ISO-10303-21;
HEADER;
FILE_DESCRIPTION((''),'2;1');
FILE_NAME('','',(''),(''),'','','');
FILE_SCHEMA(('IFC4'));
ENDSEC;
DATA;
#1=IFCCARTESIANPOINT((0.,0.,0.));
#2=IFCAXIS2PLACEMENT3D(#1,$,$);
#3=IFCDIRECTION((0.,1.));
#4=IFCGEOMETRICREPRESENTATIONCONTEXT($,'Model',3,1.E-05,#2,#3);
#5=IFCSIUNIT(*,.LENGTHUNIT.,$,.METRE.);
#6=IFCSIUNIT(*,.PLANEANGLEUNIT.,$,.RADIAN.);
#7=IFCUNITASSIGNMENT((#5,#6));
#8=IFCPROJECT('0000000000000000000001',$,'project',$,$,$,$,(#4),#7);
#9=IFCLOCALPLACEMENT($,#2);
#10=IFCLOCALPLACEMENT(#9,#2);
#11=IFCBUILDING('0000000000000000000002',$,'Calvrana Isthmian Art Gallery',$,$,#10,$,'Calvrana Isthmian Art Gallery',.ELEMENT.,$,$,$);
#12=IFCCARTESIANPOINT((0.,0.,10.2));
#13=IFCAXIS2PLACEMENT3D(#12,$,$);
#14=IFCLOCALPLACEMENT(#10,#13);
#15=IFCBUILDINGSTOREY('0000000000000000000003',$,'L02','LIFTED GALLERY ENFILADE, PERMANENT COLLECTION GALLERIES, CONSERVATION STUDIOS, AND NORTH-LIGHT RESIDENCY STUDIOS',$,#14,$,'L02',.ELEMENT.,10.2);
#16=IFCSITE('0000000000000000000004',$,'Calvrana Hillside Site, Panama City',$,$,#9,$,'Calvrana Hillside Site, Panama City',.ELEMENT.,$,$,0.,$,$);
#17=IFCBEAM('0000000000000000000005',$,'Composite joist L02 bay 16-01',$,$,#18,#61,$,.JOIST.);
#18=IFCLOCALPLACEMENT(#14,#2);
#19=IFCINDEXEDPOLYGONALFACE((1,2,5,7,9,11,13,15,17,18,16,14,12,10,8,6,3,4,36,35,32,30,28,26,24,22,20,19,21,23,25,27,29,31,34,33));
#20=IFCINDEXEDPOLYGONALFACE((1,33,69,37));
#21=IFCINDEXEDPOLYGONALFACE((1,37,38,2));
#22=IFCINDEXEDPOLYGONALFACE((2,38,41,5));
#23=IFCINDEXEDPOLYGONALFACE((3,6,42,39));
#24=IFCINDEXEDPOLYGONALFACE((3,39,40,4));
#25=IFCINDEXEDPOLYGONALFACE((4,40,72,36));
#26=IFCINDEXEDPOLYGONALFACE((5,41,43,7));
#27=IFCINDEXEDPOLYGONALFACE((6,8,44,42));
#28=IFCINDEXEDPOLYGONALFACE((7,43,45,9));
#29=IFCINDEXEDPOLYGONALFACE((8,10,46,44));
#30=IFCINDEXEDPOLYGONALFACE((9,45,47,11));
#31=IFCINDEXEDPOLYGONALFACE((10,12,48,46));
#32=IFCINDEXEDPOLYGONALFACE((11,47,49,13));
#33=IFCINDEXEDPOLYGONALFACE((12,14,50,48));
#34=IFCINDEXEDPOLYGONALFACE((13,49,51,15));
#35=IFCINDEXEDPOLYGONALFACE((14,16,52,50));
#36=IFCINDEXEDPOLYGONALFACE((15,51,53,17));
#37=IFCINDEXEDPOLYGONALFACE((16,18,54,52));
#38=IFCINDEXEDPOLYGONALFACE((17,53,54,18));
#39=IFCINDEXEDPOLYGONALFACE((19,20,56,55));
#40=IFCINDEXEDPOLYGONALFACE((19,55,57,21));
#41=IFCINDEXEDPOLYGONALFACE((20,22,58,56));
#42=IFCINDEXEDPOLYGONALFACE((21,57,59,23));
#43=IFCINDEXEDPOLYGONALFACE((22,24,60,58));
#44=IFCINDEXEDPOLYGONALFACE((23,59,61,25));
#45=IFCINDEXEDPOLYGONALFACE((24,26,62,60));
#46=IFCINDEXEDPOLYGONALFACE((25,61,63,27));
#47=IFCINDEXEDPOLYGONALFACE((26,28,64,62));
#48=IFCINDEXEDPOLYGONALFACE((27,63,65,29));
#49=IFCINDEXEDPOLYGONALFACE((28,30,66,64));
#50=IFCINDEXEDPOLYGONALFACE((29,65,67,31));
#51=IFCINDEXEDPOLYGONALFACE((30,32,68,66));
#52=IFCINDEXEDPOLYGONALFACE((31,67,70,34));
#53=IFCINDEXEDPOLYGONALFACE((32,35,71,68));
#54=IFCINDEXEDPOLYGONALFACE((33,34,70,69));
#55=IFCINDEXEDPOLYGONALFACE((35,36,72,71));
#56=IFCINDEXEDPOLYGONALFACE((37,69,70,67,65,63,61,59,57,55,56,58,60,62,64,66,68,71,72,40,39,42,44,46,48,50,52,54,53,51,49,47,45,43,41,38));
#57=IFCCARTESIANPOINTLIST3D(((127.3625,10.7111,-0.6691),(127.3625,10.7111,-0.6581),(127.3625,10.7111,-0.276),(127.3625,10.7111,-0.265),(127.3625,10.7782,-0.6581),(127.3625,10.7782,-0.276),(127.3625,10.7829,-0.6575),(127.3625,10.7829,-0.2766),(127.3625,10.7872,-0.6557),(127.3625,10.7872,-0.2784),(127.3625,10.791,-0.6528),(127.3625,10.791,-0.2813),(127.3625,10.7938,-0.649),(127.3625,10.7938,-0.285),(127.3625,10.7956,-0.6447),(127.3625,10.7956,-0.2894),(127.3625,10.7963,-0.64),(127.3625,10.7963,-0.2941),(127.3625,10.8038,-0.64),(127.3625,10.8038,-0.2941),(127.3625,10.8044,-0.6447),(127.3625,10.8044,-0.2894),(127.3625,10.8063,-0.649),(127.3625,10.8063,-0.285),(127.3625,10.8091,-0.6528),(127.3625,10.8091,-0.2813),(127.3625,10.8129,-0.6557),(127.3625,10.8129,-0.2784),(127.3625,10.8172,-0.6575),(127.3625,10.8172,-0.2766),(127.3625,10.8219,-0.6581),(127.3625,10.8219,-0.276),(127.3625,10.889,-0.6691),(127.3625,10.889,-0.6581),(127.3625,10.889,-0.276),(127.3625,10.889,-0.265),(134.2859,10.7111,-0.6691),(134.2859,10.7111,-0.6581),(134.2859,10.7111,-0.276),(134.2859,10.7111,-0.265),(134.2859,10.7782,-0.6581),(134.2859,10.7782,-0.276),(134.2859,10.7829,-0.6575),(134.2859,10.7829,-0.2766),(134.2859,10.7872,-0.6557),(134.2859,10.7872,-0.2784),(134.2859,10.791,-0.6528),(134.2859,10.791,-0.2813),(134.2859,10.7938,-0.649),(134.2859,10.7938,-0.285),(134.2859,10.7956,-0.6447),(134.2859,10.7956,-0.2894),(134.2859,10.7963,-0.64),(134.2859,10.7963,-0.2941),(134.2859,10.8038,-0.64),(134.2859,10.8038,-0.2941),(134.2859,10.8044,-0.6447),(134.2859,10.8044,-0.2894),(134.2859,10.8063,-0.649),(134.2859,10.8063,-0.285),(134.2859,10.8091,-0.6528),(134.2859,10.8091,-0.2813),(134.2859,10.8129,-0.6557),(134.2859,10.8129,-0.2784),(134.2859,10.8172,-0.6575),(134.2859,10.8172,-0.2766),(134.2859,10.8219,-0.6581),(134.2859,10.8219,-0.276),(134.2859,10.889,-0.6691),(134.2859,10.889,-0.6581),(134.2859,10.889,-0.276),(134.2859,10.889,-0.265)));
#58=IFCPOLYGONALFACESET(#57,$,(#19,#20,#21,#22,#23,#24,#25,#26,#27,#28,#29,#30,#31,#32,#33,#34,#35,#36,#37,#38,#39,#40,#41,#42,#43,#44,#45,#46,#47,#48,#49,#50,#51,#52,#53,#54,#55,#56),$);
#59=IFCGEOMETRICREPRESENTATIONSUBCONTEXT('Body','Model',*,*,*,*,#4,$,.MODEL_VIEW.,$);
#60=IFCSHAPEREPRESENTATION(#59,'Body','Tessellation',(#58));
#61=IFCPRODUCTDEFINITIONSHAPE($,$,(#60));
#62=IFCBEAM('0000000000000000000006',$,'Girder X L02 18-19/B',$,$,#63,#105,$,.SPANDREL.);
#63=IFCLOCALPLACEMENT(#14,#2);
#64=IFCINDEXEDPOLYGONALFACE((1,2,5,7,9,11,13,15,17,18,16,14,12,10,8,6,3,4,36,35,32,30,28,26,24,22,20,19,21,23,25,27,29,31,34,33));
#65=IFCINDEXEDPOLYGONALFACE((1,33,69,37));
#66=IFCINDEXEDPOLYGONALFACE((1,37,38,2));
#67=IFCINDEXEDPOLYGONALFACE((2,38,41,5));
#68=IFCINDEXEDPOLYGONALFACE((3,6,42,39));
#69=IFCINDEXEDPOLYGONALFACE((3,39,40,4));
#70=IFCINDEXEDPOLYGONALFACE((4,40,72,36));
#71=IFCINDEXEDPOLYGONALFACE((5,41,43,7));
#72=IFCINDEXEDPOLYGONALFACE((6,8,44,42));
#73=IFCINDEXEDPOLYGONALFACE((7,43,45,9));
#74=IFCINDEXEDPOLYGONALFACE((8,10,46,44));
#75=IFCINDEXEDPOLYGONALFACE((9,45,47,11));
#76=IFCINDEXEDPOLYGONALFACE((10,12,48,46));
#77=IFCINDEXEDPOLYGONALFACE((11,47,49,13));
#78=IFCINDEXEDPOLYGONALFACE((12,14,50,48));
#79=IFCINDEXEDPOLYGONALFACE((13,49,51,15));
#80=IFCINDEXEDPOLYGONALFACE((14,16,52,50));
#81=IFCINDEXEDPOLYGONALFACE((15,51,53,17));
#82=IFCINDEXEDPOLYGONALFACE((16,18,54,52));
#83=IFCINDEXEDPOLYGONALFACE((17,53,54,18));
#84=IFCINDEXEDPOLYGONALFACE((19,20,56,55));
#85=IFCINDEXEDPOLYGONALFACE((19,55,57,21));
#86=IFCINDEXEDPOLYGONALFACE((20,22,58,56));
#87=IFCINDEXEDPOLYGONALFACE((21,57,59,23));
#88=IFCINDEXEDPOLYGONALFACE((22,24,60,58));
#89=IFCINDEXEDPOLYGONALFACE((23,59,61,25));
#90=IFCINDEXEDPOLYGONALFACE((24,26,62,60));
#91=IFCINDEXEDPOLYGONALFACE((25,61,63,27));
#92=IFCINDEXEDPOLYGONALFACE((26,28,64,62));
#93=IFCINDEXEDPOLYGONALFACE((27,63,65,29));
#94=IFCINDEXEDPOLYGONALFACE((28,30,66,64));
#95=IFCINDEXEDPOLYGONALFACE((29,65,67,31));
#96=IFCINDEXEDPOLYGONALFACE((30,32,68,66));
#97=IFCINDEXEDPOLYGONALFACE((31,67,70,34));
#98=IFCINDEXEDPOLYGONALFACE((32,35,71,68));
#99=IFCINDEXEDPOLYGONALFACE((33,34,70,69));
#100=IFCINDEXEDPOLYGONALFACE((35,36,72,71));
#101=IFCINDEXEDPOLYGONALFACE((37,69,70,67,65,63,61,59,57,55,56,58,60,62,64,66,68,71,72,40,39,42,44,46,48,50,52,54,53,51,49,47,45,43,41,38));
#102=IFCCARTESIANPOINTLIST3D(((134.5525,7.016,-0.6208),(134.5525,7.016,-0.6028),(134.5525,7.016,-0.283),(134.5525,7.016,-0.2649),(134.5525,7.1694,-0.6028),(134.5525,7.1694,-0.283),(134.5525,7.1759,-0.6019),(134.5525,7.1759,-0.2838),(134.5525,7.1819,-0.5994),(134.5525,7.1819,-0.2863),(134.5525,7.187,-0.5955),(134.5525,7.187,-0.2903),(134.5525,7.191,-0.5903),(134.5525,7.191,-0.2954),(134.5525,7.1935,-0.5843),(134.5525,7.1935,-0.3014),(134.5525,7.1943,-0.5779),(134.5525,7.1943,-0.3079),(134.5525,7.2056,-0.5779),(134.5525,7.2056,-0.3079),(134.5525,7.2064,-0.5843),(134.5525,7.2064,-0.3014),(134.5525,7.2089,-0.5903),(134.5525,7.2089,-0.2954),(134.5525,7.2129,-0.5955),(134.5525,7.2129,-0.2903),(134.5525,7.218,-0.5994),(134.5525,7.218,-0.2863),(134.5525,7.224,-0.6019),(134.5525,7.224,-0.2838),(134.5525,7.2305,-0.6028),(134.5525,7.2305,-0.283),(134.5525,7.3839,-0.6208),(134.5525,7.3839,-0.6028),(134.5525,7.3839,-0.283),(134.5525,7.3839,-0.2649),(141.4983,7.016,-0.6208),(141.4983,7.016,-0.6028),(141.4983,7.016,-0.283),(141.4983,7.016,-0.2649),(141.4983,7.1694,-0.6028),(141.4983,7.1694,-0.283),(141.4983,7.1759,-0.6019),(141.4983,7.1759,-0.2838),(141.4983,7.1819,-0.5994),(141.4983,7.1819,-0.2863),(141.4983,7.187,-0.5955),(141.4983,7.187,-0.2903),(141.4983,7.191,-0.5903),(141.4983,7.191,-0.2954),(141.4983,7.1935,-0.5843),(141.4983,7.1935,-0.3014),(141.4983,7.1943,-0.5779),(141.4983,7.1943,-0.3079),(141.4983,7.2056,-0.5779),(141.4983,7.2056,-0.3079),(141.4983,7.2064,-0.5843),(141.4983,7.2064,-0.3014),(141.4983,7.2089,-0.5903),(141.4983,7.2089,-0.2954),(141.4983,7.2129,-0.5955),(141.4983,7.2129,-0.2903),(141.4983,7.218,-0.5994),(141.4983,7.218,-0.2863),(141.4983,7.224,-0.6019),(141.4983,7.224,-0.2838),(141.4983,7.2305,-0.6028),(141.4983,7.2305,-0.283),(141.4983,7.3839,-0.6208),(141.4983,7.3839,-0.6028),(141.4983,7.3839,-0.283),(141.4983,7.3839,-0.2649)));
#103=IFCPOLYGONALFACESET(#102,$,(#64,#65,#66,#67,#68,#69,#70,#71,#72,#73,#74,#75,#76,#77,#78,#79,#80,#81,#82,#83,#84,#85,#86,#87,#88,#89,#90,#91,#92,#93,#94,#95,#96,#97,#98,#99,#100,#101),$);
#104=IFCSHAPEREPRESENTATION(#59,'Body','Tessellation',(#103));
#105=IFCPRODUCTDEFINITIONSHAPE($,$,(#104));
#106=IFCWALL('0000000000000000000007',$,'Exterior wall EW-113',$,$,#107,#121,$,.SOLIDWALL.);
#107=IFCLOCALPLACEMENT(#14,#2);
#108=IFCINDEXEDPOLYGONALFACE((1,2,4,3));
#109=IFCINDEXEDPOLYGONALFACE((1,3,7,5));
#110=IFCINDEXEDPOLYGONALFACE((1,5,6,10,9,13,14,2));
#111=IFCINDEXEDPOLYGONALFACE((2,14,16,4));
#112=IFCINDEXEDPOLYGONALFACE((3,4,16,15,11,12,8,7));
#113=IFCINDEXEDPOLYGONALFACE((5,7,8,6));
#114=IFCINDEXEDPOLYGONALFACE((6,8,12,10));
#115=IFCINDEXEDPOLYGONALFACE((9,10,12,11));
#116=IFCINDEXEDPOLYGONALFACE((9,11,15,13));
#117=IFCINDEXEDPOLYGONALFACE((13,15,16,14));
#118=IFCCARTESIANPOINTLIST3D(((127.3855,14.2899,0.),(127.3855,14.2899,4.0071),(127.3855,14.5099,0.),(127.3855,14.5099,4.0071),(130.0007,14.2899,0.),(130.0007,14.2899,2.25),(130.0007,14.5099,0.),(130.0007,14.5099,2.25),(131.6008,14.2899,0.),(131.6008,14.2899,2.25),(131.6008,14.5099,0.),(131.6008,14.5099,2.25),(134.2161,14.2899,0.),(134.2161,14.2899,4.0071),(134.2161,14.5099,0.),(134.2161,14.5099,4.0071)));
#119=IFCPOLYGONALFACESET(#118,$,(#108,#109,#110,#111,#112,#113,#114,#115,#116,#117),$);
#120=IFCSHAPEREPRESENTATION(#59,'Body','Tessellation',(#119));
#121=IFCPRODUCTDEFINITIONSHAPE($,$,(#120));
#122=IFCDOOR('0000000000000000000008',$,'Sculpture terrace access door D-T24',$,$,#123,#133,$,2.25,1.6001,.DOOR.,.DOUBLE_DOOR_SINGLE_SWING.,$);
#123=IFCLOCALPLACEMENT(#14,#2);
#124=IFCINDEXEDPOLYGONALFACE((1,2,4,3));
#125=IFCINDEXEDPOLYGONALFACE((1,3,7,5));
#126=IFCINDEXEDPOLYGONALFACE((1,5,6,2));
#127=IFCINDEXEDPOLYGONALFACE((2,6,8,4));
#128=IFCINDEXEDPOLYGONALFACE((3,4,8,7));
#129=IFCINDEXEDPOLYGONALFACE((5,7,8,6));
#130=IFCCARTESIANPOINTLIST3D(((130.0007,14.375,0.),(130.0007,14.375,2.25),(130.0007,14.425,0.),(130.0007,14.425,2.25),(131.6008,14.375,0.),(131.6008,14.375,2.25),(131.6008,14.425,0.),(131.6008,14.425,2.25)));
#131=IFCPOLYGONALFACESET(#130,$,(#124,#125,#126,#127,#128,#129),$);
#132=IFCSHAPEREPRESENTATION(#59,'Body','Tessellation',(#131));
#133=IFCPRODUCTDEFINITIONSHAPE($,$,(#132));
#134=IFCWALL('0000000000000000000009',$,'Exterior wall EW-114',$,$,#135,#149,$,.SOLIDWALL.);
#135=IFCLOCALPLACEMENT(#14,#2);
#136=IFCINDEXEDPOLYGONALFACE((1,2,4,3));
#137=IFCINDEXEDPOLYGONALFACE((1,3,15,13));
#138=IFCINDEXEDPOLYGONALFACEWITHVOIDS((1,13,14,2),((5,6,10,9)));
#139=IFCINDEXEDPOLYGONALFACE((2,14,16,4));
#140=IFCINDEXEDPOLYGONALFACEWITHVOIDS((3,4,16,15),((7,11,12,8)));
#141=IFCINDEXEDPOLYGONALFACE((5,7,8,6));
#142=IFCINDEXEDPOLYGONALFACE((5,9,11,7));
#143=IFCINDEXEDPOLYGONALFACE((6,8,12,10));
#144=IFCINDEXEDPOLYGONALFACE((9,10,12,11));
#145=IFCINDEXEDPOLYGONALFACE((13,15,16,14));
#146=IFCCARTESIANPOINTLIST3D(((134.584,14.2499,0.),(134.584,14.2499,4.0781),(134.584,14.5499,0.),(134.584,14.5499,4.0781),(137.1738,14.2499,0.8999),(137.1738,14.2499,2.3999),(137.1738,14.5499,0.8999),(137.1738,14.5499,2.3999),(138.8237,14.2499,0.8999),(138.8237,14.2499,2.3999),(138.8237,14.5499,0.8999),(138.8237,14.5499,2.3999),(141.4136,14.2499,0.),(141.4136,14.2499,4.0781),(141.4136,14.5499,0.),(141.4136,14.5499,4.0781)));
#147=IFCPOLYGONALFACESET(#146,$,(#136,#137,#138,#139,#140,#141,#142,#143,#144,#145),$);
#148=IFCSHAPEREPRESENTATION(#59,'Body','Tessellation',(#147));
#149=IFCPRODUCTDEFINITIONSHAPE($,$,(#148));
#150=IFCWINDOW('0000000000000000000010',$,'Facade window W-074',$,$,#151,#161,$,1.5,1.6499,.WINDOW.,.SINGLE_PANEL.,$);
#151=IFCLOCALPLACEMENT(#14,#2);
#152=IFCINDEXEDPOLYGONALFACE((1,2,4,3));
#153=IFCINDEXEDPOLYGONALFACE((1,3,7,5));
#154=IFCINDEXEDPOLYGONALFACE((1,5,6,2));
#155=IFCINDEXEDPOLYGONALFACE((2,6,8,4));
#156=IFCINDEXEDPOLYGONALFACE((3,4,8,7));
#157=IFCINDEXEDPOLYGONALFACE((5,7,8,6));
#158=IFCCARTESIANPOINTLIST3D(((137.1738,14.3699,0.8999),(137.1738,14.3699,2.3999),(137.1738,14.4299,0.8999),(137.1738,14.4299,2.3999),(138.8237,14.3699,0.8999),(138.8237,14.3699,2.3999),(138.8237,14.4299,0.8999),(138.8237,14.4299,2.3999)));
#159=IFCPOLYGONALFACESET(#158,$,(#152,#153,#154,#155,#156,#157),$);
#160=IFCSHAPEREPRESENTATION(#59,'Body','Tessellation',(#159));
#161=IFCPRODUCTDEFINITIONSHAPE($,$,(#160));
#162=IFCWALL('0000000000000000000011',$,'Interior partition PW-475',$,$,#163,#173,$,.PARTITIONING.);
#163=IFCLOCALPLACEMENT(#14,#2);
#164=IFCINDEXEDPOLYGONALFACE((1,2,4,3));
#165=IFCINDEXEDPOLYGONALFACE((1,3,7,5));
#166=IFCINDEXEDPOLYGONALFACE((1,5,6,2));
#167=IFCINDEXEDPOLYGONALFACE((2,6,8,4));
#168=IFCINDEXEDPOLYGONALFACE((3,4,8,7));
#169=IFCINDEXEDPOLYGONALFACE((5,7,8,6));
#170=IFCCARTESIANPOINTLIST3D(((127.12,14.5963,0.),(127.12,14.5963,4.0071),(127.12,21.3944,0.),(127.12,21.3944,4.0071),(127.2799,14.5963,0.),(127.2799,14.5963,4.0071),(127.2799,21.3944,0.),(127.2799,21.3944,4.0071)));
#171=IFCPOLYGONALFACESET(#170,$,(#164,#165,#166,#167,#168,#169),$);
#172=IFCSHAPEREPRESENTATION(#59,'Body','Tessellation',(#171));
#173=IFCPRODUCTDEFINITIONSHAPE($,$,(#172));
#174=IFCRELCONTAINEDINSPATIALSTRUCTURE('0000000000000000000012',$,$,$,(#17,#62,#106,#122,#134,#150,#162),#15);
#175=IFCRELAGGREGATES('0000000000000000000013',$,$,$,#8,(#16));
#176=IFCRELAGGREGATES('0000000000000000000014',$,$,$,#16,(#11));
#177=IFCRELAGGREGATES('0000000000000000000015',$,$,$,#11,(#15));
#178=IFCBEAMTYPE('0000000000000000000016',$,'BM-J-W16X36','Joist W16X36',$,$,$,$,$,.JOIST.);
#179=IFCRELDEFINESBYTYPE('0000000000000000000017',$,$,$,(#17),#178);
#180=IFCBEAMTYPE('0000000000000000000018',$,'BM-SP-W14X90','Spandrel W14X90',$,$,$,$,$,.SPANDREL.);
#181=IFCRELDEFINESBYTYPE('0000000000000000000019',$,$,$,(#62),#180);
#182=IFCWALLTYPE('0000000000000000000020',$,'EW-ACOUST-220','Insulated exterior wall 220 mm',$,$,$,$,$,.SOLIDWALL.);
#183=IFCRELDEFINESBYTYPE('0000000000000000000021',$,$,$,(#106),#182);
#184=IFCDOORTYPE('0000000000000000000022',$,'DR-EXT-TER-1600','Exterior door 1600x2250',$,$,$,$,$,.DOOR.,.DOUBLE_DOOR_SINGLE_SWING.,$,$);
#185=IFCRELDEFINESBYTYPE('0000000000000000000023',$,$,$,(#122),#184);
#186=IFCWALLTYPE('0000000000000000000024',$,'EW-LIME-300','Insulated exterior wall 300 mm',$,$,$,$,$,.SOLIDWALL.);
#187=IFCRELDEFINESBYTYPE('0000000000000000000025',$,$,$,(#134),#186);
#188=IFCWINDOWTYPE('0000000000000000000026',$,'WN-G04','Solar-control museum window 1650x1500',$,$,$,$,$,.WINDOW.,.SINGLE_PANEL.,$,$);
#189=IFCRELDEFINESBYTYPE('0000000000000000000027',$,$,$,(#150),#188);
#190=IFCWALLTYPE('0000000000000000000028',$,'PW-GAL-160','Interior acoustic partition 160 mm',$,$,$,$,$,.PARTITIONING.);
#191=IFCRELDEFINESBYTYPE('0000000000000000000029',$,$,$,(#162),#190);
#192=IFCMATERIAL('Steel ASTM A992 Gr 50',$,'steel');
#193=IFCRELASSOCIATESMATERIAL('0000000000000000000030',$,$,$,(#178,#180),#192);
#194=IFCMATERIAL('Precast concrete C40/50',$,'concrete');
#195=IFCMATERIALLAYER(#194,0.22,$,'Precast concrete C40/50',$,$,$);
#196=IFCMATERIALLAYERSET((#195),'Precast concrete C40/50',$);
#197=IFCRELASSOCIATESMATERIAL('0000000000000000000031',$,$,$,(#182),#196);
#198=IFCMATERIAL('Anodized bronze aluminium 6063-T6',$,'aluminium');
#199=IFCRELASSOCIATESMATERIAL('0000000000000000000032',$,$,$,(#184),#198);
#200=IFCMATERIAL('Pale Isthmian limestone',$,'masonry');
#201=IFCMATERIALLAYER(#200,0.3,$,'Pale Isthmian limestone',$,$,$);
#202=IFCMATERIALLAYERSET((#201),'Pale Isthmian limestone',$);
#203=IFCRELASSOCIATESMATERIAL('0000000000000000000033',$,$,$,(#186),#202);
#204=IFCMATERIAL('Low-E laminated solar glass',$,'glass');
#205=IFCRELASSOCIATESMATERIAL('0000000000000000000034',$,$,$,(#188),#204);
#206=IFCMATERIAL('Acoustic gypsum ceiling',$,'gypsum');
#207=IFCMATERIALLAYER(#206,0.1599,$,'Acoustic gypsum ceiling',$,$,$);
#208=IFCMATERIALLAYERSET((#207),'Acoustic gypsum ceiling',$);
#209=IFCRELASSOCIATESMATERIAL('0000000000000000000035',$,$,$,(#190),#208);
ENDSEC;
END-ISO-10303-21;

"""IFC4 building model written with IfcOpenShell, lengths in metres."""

from ifc_helpers import new_model, si_unit, direction, frame, frame_2d, origin, origin_2d, place, context, subcontext, project, spatial, rectangle, i_section, extrude, material, layer, layer_set, material_profile, profile_set, type_object, element, fill, save


model = new_model("IFC4")

# Units and contexts
model_context = context("Model", 3, precision=1e-05, world=origin(), true_north=direction((0.0, 1.0)))
body_context = subcontext(model_context, "Body", "Model", "MODEL_VIEW")
ifc_project = project(units=[si_unit("LENGTHUNIT", "METRE"), si_unit("PLANEANGLEUNIT", "RADIAN")], contexts=[model_context])

# Site, building, storey
site_placement = place(None, origin())
site = spatial("IfcSite", under=ifc_project, at=site_placement, Name="Calvrana Hillside Site, Panama City", LongName="Calvrana Hillside Site, Panama City", CompositionType="ELEMENT", RefElevation=0.0)
building_placement = place(site_placement, origin())
building = spatial("IfcBuilding", under=site, at=building_placement, Name="Calvrana Isthmian Art Gallery", LongName="Calvrana Isthmian Art Gallery", CompositionType="ELEMENT")
storey_placement = place(building_placement, frame((0.0, 0.0, 10.2)))
storey = spatial("IfcBuildingStorey", under=building, at=storey_placement, Name="L02", Description="LIFTED GALLERY ENFILADE, PERMANENT COLLECTION GALLERIES, CONSERVATION STUDIOS, AND NORTH-LIGHT RESIDENCY STUDIOS", LongName="L02", CompositionType="ELEMENT", Elevation=10.2)

# Shared definitions
ifc_material_1 = material(Name="Steel ASTM A992 Gr 50", Category="steel")

# Beams
ifc_material_profile_1 = material_profile(ifc_material_1, i_section(OverallWidth=0.178, OverallDepth=0.4041, WebThickness=0.0076, FlangeThickness=0.011, FilletRadius=0.0181, at=origin_2d()), Name="W16X36")
ifc_profile_set_1 = profile_set([ifc_material_profile_1], Name="Steel ASTM A992 Gr 50")
beam_type_1 = type_object("IfcBeamType", Name="BM-J-W16X36", Description="Joist W16X36", PredefinedType="JOIST", material=ifc_profile_set_1)
beam_1_placement = place(storey_placement, frame((127.3625, 10.8, -0.467), z_axis=(1.0, 0.0, 0.0), x_axis=(0.0, 1.0, 0.0)))
element("IfcBeam", 1, at=beam_1_placement, inside=storey, type_object=beam_type_1, Name="Composite joist L02 bay 16-01", PredefinedType="JOIST", context=body_context, shape_type="SweptSolid", body=[
    extrude(i_section(OverallWidth=0.178, OverallDepth=0.4041, WebThickness=0.0076, FlangeThickness=0.011, FilletRadius=0.0181, at=origin_2d()), origin(), (0.0, 0.0, 1.0), 6.9233),
])
ifc_material_profile_2 = material_profile(ifc_material_1, i_section(OverallWidth=0.3679, OverallDepth=0.356, WebThickness=0.0112, FlangeThickness=0.0181, FilletRadius=0.0249, at=origin_2d()), Name="W14X90")
ifc_profile_set_2 = profile_set([ifc_material_profile_2], Name="Steel ASTM A992 Gr 50")
beam_type_2 = type_object("IfcBeamType", Name="BM-SP-W14X90", Description="Spandrel W14X90", PredefinedType="SPANDREL", material=ifc_profile_set_2)
beam_2_placement = place(storey_placement, frame((134.5525, 7.2, -0.4429), z_axis=(1.0, 0.0, 0.0), x_axis=(0.0, 1.0, 0.0)))
element("IfcBeam", 2, at=beam_2_placement, inside=storey, type_object=beam_type_2, Name="Girder X L02 18-19/B", PredefinedType="SPANDREL", context=body_context, shape_type="SweptSolid", body=[
    extrude(i_section(OverallWidth=0.3679, OverallDepth=0.356, WebThickness=0.0112, FlangeThickness=0.0181, FilletRadius=0.0249, at=origin_2d()), origin(), (0.0, 0.0, 1.0), 6.9458),
])

# Wall, opening, door
ifc_material_2 = material(Name="Precast concrete C40/50", Category="concrete")
ifc_layer_1 = layer(ifc_material_2, 0.22, Name="Precast concrete C40/50")
ifc_layer_set_1 = layer_set([ifc_layer_1], Name="Precast concrete C40/50")
wall_type_1 = type_object("IfcWallType", Name="EW-ACOUST-220", Description="Insulated exterior wall 220 mm", PredefinedType="SOLIDWALL", material=ifc_layer_set_1)
wall_1_placement = place(storey_placement, frame((134.2161, 14.3999, 0.0), z_axis=(0.0, 0.0, 1.0), x_axis=(-1.0, 0.0, 0.0)))
wall_1 = element("IfcWall", 3, at=wall_1_placement, inside=storey, type_object=wall_type_1, Name="Exterior wall EW-113", PredefinedType="SOLIDWALL", context=body_context, shape_type="SweptSolid", body=[
    extrude(rectangle(XDim=6.8306, YDim=0.22, at=frame_2d((3.4153, 0.0))), origin(), (0.0, 0.0, 1.0), 4.0071),
])
opening_1_placement = place(wall_1_placement, frame((2.6152, 0.0, 0.0)))
opening_1 = element("IfcOpeningElement", 4, at=opening_1_placement, cuts=wall_1, PredefinedType="OPENING", context=body_context, shape_type="SweptSolid", body=[
    extrude(rectangle(XDim=1.6001, YDim=2.25, at=frame_2d((0.8, 1.125))), frame((0.0, 0.1201, 0.0), z_axis=(0.0, -1.0, 0.0), x_axis=(1.0, 0.0, 0.0)), (0.0, 0.0, 1.0), 0.2405),
])
ifc_material_3 = material(Name="Anodized bronze aluminium 6063-T6", Category="aluminium")
door_type = type_object("IfcDoorType", Name="DR-EXT-TER-1600", Description="Exterior door 1600x2250", OperationType="DOUBLE_DOOR_SINGLE_SWING", PredefinedType="DOOR", material=ifc_material_3)
door_placement = place(opening_1_placement, origin())
door = element("IfcDoor", 5, at=door_placement, inside=storey, type_object=door_type, Name="Sculpture terrace access door D-T24", OperationType="DOUBLE_DOOR_SINGLE_SWING", OverallHeight=2.25, OverallWidth=1.6001, PredefinedType="DOOR", context=body_context, shape_type="SweptSolid", body=[
    extrude(rectangle(XDim=1.6001, YDim=2.25, at=frame_2d((0.8, 1.125))), frame((0.0, 0.0249, 0.0), z_axis=(0.0, -1.0, 0.0), x_axis=(1.0, 0.0, 0.0)), (0.0, 0.0, 1.0), 0.05),
])
fill(opening_1, door)

# Wall, opening, window
ifc_material_4 = material(Name="Pale Isthmian limestone", Category="masonry")
ifc_layer_2 = layer(ifc_material_4, 0.3, Name="Pale Isthmian limestone")
ifc_layer_set_2 = layer_set([ifc_layer_2], Name="Pale Isthmian limestone")
wall_type_2 = type_object("IfcWallType", Name="EW-LIME-300", Description="Insulated exterior wall 300 mm", PredefinedType="SOLIDWALL", material=ifc_layer_set_2)
wall_2_placement = place(storey_placement, frame((141.4136, 14.3999, 0.0), z_axis=(0.0, 0.0, 1.0), x_axis=(-1.0, 0.0, 0.0)))
wall_2 = element("IfcWall", 6, at=wall_2_placement, inside=storey, type_object=wall_type_2, Name="Exterior wall EW-114", PredefinedType="SOLIDWALL", context=body_context, shape_type="SweptSolid", body=[
    extrude(rectangle(XDim=6.8296, YDim=0.3, at=frame_2d((3.4148, 0.0))), origin(), (0.0, 0.0, 1.0), 4.0781),
])
opening_2_placement = place(wall_2_placement, frame((2.5898, 0.0, 0.8999)))
opening_2 = element("IfcOpeningElement", 7, at=opening_2_placement, cuts=wall_2, PredefinedType="OPENING", context=body_context, shape_type="SweptSolid", body=[
    extrude(rectangle(XDim=1.6499, YDim=1.5, at=frame_2d((0.825, 0.75))), frame((0.0, 0.1602, 0.0), z_axis=(0.0, -1.0, 0.0), x_axis=(1.0, 0.0, 0.0)), (0.0, 0.0, 1.0), 0.3206),
])
ifc_material_5 = material(Name="Low-E laminated solar glass", Category="glass")
window_type = type_object("IfcWindowType", Name="WN-G04", Description="Solar-control museum window 1650x1500", PartitioningType="SINGLE_PANEL", PredefinedType="WINDOW", material=ifc_material_5)
window_placement = place(opening_2_placement, origin())
window = element("IfcWindow", 8, at=window_placement, inside=storey, type_object=window_type, Name="Facade window W-074", OverallHeight=1.5, OverallWidth=1.6499, PartitioningType="SINGLE_PANEL", PredefinedType="WINDOW", context=body_context, shape_type="SweptSolid", body=[
    extrude(rectangle(XDim=1.6499, YDim=1.5, at=frame_2d((0.825, 0.75))), frame((0.0, 0.03, 0.0), z_axis=(0.0, -1.0, 0.0), x_axis=(1.0, 0.0, 0.0)), (0.0, 0.0, 1.0), 0.0601),
])
fill(opening_2, window)

# Wall
ifc_material_6 = material(Name="Acoustic gypsum ceiling", Category="gypsum")
ifc_layer_3 = layer(ifc_material_6, 0.1599, Name="Acoustic gypsum ceiling")
ifc_layer_set_3 = layer_set([ifc_layer_3], Name="Acoustic gypsum ceiling")
wall_type_3 = type_object("IfcWallType", Name="PW-GAL-160", Description="Interior acoustic partition 160 mm", PredefinedType="PARTITIONING", material=ifc_layer_set_3)
wall_3_placement = place(storey_placement, frame((127.2, 14.5964, 0.0), z_axis=(0.0, 0.0, 1.0), x_axis=(0.0, 1.0, 0.0)))
element("IfcWall", 9, at=wall_3_placement, inside=storey, type_object=wall_type_3, Name="Interior partition PW-475", PredefinedType="PARTITIONING", context=body_context, shape_type="SweptSolid", body=[
    extrude(rectangle(XDim=6.7981, YDim=0.1599, at=frame_2d((3.3989, 0.0))), origin(), (0.0, 0.0, 1.0), 4.0071),
])

save(model, "model.ifc")
